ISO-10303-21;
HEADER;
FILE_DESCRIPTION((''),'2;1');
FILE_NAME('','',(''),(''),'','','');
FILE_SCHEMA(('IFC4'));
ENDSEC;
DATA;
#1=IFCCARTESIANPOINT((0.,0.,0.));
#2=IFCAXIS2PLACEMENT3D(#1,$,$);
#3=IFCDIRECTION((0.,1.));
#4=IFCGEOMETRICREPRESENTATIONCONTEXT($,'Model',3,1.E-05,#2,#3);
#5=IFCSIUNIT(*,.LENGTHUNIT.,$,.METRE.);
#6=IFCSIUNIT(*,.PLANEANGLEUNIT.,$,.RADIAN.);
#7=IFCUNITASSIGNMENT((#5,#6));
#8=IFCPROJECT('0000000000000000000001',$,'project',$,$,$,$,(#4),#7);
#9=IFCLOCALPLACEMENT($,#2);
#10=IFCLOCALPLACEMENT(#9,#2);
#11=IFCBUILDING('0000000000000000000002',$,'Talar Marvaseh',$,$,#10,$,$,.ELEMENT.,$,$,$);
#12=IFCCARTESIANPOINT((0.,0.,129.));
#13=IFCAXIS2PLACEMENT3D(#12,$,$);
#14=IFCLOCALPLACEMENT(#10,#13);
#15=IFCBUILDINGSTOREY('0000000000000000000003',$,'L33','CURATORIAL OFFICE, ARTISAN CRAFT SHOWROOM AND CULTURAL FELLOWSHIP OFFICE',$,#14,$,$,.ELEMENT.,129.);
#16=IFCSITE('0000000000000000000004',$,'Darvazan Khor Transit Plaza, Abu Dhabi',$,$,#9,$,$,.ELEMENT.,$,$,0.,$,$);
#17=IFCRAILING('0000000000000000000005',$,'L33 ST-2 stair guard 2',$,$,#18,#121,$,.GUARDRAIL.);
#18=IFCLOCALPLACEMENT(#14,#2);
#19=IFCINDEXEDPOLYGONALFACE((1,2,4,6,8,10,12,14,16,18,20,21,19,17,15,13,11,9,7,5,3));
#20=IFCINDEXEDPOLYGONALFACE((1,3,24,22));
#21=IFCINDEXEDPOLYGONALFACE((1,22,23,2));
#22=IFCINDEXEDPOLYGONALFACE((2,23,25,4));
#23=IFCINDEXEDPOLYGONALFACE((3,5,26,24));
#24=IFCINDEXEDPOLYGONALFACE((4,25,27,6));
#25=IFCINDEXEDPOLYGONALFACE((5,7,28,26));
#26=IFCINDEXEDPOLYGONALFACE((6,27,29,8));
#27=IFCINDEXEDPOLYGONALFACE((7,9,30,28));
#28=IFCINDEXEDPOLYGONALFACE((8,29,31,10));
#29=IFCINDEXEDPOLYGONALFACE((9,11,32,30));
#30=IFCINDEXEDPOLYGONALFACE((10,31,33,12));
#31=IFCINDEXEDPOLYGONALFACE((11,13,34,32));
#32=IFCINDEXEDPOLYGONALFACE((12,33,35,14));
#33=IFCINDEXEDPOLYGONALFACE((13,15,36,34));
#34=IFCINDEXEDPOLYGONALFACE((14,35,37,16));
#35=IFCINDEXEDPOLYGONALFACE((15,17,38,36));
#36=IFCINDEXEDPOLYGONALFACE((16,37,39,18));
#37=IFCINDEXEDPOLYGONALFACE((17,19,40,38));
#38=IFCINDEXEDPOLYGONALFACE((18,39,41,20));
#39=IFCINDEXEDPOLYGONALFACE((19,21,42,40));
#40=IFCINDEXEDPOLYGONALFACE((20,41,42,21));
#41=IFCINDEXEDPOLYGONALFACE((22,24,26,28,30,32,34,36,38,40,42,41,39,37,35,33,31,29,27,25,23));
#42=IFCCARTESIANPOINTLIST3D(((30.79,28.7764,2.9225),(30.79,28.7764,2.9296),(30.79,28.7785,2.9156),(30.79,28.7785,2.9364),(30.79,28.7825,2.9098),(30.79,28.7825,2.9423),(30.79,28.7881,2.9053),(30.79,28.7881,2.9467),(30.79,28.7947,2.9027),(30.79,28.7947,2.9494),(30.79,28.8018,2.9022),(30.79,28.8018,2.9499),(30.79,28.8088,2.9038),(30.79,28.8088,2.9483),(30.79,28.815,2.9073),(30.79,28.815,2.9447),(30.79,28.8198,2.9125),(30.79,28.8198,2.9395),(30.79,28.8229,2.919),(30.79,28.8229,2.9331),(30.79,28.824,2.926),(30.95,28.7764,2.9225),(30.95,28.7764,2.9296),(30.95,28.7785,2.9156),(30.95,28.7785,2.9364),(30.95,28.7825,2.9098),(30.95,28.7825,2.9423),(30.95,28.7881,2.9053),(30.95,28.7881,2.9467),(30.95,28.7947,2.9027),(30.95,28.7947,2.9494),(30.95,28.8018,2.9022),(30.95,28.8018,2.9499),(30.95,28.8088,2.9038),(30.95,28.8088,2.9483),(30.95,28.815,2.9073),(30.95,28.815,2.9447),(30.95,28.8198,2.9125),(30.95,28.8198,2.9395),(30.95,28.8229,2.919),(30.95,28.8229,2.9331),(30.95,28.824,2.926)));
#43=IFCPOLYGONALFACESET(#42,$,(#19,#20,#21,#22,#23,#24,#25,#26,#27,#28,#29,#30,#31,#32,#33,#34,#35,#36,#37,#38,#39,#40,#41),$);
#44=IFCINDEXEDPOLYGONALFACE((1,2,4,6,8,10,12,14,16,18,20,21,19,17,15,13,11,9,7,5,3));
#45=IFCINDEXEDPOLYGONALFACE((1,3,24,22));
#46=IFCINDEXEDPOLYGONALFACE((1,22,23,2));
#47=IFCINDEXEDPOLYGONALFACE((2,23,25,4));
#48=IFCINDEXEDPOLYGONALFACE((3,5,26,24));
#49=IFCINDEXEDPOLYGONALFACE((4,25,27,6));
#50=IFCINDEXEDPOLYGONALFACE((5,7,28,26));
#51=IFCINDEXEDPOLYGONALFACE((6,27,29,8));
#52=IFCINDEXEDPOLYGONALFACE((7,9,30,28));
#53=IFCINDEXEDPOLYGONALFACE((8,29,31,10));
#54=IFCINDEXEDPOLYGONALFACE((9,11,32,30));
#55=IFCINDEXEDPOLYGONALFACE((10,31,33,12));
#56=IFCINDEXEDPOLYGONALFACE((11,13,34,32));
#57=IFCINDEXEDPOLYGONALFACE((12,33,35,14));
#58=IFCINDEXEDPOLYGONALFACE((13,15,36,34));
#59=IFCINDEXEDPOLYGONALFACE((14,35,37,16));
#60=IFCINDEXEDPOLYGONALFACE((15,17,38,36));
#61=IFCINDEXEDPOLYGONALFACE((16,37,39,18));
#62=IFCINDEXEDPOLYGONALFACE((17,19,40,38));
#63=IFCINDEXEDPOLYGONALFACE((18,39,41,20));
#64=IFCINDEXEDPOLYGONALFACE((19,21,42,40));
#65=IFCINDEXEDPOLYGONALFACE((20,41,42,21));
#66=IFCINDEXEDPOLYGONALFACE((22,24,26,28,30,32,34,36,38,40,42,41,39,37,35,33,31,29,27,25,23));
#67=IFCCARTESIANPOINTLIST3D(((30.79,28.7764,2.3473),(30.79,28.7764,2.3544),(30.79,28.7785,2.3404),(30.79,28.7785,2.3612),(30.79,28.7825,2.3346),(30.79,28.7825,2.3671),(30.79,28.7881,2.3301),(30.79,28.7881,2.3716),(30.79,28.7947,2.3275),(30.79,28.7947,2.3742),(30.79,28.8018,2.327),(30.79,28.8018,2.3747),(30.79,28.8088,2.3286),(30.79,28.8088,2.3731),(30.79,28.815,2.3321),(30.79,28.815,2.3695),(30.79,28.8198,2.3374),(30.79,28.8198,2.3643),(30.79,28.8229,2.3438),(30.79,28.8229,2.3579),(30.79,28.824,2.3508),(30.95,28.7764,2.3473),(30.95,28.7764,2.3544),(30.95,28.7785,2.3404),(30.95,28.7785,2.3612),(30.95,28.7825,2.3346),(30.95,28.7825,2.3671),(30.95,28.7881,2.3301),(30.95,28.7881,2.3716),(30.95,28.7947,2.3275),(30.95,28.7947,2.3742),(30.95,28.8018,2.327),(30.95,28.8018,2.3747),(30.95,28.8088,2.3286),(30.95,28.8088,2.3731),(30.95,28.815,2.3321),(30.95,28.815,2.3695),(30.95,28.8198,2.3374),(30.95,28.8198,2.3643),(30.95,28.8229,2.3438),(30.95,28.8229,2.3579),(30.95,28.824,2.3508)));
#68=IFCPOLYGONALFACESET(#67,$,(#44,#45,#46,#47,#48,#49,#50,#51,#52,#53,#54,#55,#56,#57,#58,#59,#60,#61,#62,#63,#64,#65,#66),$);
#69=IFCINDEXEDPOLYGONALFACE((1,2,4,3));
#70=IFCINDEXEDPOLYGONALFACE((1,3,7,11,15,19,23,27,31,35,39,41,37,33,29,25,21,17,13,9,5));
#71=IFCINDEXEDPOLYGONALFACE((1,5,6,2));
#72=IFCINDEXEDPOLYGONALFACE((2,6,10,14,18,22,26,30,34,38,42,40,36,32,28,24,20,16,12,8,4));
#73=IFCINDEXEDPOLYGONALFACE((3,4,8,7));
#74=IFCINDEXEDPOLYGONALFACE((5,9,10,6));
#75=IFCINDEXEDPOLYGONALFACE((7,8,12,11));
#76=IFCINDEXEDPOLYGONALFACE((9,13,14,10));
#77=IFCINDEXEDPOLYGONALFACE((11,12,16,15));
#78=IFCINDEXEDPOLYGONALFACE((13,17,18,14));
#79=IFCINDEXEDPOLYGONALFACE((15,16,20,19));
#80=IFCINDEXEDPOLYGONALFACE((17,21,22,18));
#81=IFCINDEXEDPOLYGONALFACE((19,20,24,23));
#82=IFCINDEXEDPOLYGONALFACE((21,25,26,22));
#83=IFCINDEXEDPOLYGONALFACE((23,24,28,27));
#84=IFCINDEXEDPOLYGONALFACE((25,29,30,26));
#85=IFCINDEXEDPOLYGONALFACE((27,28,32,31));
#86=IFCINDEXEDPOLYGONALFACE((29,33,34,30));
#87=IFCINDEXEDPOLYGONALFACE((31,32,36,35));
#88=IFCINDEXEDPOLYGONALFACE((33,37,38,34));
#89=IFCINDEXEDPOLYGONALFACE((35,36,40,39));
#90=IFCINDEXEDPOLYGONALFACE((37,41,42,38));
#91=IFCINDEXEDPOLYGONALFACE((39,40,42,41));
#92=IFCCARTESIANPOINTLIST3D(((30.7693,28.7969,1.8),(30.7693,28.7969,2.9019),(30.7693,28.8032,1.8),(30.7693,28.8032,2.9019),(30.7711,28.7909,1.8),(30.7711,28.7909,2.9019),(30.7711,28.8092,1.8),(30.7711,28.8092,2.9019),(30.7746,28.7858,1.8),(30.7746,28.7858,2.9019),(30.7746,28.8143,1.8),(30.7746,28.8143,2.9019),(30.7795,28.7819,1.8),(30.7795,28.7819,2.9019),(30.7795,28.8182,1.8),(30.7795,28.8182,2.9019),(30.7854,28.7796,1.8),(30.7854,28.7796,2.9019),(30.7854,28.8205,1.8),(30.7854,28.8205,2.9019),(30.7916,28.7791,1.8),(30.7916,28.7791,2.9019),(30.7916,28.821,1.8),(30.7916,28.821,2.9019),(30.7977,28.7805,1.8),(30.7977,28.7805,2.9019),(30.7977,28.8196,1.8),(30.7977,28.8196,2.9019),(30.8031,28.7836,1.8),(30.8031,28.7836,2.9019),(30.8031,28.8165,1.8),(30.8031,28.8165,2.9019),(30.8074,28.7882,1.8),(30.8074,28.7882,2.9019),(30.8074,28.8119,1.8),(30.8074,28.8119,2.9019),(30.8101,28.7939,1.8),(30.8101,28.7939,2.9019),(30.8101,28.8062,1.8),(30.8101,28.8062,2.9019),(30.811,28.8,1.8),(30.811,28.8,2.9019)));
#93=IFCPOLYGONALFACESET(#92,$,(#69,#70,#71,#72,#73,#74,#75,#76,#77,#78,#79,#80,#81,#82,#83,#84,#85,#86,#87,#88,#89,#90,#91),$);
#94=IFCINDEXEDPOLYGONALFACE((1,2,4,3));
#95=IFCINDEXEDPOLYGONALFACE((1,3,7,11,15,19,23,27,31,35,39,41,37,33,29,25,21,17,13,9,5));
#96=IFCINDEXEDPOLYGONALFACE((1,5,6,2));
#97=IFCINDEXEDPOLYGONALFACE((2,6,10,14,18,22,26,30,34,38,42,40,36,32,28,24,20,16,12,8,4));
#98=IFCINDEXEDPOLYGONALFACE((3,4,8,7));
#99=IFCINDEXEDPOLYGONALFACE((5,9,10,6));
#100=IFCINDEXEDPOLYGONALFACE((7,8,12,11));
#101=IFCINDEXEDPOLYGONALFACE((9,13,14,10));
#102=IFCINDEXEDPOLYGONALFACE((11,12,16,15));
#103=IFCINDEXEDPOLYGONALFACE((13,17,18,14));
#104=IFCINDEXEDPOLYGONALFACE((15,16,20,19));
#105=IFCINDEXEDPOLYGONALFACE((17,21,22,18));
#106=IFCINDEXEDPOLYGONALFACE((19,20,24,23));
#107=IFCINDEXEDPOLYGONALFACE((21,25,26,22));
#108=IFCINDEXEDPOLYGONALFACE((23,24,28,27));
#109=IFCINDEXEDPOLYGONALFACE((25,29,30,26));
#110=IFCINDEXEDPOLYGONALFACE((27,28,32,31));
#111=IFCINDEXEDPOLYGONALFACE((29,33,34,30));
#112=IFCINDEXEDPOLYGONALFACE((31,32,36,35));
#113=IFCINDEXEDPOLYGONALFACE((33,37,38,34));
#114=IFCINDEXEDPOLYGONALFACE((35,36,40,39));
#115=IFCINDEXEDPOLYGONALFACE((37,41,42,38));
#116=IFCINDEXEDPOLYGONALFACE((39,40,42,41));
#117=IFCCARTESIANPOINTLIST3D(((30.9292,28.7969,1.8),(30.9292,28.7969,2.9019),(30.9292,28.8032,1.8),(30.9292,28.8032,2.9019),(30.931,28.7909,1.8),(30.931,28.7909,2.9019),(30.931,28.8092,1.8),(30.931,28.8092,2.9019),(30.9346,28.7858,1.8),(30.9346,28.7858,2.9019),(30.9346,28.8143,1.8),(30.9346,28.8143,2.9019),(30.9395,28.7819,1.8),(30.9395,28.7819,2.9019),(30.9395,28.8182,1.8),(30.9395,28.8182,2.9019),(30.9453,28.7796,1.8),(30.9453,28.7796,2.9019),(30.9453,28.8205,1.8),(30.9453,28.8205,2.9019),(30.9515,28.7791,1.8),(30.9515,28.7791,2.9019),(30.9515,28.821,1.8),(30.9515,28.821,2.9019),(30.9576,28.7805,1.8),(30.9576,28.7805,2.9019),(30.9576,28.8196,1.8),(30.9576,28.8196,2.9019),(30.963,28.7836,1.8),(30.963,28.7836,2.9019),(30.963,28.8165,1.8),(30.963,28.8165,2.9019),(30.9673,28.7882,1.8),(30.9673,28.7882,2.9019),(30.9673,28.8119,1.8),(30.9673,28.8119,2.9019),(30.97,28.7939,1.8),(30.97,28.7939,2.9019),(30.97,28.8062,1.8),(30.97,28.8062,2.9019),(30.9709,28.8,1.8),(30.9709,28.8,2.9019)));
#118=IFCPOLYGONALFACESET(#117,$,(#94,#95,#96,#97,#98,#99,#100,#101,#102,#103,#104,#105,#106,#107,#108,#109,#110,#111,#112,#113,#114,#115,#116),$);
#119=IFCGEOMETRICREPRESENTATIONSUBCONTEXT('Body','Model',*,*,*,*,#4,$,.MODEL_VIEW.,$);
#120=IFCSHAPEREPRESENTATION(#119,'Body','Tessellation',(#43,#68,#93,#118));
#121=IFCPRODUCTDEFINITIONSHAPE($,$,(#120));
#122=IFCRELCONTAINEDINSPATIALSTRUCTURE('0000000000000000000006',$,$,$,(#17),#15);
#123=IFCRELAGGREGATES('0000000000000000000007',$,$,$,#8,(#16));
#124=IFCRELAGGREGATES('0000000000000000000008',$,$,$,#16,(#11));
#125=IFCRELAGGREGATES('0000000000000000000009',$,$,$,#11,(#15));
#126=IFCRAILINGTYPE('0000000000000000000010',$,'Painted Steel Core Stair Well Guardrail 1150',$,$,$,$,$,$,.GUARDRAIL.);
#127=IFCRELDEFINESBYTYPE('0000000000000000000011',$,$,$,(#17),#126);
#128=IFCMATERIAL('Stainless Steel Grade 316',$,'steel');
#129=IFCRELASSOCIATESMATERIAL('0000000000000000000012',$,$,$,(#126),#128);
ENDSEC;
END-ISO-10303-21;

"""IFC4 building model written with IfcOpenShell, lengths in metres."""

from ifc_helpers import new_model, si_unit, direction, frame, origin, origin_2d, place, context, subcontext, project, spatial, circle, extrude, material, type_object, element, save


model = new_model("IFC4")

# Units and contexts
model_context = context("Model", 3, precision=1e-05, world=origin(), true_north=direction((0.0, 1.0)))
body_context = subcontext(model_context, "Body", "Model", "MODEL_VIEW")
ifc_project = project(units=[si_unit("LENGTHUNIT", "METRE"), si_unit("PLANEANGLEUNIT", "RADIAN")], contexts=[model_context])

# Site, building, storey
site_placement = place(None, origin())
site = spatial("IfcSite", under=ifc_project, at=site_placement, Name="Darvazan Khor Transit Plaza, Abu Dhabi", CompositionType="ELEMENT", RefElevation=0.0)
building_placement = place(site_placement, origin())
building = spatial("IfcBuilding", under=site, at=building_placement, Name="Talar Marvaseh", CompositionType="ELEMENT")
storey_placement = place(building_placement, frame((0.0, 0.0, 129.0)))
storey = spatial("IfcBuildingStorey", under=building, at=storey_placement, Name="L33", Description="CURATORIAL OFFICE, ARTISAN CRAFT SHOWROOM AND CULTURAL FELLOWSHIP OFFICE", CompositionType="ELEMENT", Elevation=129.0)

# Railing
ifc_material_1 = material(Name="Stainless Steel Grade 316", Category="steel")
railing_type_1 = type_object("IfcRailingType", Name="Painted Steel Core Stair Well Guardrail 1150", PredefinedType="GUARDRAIL", material=ifc_material_1)
railing_1_placement = place(storey_placement, frame((30.79, 28.8, 1.8)))
element("IfcRailing", 1, at=railing_1_placement, inside=storey, type_object=railing_type_1, Name="L33 ST-2 stair guard 2", PredefinedType="GUARDRAIL", context=body_context, shape_type="SweptSolid", body=[
    extrude(circle(Radius=0.0239, at=origin_2d()), frame((0.0, 0.0, 1.126), z_axis=(1.0, 0.0, 0.0), x_axis=(0.0, 1.0, 0.0)), (0.0, 0.0, 1.0), 0.1599),
    extrude(circle(Radius=0.0239, at=origin_2d()), frame((0.0, 0.0, 0.5508), z_axis=(1.0, 0.0, 0.0), x_axis=(0.0, 1.0, 0.0)), (0.0, 0.0, 1.0), 0.1599),
    extrude(circle(Radius=0.021, at=origin_2d()), origin(), (0.0, 0.0, 1.0), 1.1018),
    extrude(circle(Radius=0.021, at=origin_2d()), frame((0.1599, 0.0, 0.0)), (0.0, 0.0, 1.0), 1.1018),
])

save(model, "model.ifc")
